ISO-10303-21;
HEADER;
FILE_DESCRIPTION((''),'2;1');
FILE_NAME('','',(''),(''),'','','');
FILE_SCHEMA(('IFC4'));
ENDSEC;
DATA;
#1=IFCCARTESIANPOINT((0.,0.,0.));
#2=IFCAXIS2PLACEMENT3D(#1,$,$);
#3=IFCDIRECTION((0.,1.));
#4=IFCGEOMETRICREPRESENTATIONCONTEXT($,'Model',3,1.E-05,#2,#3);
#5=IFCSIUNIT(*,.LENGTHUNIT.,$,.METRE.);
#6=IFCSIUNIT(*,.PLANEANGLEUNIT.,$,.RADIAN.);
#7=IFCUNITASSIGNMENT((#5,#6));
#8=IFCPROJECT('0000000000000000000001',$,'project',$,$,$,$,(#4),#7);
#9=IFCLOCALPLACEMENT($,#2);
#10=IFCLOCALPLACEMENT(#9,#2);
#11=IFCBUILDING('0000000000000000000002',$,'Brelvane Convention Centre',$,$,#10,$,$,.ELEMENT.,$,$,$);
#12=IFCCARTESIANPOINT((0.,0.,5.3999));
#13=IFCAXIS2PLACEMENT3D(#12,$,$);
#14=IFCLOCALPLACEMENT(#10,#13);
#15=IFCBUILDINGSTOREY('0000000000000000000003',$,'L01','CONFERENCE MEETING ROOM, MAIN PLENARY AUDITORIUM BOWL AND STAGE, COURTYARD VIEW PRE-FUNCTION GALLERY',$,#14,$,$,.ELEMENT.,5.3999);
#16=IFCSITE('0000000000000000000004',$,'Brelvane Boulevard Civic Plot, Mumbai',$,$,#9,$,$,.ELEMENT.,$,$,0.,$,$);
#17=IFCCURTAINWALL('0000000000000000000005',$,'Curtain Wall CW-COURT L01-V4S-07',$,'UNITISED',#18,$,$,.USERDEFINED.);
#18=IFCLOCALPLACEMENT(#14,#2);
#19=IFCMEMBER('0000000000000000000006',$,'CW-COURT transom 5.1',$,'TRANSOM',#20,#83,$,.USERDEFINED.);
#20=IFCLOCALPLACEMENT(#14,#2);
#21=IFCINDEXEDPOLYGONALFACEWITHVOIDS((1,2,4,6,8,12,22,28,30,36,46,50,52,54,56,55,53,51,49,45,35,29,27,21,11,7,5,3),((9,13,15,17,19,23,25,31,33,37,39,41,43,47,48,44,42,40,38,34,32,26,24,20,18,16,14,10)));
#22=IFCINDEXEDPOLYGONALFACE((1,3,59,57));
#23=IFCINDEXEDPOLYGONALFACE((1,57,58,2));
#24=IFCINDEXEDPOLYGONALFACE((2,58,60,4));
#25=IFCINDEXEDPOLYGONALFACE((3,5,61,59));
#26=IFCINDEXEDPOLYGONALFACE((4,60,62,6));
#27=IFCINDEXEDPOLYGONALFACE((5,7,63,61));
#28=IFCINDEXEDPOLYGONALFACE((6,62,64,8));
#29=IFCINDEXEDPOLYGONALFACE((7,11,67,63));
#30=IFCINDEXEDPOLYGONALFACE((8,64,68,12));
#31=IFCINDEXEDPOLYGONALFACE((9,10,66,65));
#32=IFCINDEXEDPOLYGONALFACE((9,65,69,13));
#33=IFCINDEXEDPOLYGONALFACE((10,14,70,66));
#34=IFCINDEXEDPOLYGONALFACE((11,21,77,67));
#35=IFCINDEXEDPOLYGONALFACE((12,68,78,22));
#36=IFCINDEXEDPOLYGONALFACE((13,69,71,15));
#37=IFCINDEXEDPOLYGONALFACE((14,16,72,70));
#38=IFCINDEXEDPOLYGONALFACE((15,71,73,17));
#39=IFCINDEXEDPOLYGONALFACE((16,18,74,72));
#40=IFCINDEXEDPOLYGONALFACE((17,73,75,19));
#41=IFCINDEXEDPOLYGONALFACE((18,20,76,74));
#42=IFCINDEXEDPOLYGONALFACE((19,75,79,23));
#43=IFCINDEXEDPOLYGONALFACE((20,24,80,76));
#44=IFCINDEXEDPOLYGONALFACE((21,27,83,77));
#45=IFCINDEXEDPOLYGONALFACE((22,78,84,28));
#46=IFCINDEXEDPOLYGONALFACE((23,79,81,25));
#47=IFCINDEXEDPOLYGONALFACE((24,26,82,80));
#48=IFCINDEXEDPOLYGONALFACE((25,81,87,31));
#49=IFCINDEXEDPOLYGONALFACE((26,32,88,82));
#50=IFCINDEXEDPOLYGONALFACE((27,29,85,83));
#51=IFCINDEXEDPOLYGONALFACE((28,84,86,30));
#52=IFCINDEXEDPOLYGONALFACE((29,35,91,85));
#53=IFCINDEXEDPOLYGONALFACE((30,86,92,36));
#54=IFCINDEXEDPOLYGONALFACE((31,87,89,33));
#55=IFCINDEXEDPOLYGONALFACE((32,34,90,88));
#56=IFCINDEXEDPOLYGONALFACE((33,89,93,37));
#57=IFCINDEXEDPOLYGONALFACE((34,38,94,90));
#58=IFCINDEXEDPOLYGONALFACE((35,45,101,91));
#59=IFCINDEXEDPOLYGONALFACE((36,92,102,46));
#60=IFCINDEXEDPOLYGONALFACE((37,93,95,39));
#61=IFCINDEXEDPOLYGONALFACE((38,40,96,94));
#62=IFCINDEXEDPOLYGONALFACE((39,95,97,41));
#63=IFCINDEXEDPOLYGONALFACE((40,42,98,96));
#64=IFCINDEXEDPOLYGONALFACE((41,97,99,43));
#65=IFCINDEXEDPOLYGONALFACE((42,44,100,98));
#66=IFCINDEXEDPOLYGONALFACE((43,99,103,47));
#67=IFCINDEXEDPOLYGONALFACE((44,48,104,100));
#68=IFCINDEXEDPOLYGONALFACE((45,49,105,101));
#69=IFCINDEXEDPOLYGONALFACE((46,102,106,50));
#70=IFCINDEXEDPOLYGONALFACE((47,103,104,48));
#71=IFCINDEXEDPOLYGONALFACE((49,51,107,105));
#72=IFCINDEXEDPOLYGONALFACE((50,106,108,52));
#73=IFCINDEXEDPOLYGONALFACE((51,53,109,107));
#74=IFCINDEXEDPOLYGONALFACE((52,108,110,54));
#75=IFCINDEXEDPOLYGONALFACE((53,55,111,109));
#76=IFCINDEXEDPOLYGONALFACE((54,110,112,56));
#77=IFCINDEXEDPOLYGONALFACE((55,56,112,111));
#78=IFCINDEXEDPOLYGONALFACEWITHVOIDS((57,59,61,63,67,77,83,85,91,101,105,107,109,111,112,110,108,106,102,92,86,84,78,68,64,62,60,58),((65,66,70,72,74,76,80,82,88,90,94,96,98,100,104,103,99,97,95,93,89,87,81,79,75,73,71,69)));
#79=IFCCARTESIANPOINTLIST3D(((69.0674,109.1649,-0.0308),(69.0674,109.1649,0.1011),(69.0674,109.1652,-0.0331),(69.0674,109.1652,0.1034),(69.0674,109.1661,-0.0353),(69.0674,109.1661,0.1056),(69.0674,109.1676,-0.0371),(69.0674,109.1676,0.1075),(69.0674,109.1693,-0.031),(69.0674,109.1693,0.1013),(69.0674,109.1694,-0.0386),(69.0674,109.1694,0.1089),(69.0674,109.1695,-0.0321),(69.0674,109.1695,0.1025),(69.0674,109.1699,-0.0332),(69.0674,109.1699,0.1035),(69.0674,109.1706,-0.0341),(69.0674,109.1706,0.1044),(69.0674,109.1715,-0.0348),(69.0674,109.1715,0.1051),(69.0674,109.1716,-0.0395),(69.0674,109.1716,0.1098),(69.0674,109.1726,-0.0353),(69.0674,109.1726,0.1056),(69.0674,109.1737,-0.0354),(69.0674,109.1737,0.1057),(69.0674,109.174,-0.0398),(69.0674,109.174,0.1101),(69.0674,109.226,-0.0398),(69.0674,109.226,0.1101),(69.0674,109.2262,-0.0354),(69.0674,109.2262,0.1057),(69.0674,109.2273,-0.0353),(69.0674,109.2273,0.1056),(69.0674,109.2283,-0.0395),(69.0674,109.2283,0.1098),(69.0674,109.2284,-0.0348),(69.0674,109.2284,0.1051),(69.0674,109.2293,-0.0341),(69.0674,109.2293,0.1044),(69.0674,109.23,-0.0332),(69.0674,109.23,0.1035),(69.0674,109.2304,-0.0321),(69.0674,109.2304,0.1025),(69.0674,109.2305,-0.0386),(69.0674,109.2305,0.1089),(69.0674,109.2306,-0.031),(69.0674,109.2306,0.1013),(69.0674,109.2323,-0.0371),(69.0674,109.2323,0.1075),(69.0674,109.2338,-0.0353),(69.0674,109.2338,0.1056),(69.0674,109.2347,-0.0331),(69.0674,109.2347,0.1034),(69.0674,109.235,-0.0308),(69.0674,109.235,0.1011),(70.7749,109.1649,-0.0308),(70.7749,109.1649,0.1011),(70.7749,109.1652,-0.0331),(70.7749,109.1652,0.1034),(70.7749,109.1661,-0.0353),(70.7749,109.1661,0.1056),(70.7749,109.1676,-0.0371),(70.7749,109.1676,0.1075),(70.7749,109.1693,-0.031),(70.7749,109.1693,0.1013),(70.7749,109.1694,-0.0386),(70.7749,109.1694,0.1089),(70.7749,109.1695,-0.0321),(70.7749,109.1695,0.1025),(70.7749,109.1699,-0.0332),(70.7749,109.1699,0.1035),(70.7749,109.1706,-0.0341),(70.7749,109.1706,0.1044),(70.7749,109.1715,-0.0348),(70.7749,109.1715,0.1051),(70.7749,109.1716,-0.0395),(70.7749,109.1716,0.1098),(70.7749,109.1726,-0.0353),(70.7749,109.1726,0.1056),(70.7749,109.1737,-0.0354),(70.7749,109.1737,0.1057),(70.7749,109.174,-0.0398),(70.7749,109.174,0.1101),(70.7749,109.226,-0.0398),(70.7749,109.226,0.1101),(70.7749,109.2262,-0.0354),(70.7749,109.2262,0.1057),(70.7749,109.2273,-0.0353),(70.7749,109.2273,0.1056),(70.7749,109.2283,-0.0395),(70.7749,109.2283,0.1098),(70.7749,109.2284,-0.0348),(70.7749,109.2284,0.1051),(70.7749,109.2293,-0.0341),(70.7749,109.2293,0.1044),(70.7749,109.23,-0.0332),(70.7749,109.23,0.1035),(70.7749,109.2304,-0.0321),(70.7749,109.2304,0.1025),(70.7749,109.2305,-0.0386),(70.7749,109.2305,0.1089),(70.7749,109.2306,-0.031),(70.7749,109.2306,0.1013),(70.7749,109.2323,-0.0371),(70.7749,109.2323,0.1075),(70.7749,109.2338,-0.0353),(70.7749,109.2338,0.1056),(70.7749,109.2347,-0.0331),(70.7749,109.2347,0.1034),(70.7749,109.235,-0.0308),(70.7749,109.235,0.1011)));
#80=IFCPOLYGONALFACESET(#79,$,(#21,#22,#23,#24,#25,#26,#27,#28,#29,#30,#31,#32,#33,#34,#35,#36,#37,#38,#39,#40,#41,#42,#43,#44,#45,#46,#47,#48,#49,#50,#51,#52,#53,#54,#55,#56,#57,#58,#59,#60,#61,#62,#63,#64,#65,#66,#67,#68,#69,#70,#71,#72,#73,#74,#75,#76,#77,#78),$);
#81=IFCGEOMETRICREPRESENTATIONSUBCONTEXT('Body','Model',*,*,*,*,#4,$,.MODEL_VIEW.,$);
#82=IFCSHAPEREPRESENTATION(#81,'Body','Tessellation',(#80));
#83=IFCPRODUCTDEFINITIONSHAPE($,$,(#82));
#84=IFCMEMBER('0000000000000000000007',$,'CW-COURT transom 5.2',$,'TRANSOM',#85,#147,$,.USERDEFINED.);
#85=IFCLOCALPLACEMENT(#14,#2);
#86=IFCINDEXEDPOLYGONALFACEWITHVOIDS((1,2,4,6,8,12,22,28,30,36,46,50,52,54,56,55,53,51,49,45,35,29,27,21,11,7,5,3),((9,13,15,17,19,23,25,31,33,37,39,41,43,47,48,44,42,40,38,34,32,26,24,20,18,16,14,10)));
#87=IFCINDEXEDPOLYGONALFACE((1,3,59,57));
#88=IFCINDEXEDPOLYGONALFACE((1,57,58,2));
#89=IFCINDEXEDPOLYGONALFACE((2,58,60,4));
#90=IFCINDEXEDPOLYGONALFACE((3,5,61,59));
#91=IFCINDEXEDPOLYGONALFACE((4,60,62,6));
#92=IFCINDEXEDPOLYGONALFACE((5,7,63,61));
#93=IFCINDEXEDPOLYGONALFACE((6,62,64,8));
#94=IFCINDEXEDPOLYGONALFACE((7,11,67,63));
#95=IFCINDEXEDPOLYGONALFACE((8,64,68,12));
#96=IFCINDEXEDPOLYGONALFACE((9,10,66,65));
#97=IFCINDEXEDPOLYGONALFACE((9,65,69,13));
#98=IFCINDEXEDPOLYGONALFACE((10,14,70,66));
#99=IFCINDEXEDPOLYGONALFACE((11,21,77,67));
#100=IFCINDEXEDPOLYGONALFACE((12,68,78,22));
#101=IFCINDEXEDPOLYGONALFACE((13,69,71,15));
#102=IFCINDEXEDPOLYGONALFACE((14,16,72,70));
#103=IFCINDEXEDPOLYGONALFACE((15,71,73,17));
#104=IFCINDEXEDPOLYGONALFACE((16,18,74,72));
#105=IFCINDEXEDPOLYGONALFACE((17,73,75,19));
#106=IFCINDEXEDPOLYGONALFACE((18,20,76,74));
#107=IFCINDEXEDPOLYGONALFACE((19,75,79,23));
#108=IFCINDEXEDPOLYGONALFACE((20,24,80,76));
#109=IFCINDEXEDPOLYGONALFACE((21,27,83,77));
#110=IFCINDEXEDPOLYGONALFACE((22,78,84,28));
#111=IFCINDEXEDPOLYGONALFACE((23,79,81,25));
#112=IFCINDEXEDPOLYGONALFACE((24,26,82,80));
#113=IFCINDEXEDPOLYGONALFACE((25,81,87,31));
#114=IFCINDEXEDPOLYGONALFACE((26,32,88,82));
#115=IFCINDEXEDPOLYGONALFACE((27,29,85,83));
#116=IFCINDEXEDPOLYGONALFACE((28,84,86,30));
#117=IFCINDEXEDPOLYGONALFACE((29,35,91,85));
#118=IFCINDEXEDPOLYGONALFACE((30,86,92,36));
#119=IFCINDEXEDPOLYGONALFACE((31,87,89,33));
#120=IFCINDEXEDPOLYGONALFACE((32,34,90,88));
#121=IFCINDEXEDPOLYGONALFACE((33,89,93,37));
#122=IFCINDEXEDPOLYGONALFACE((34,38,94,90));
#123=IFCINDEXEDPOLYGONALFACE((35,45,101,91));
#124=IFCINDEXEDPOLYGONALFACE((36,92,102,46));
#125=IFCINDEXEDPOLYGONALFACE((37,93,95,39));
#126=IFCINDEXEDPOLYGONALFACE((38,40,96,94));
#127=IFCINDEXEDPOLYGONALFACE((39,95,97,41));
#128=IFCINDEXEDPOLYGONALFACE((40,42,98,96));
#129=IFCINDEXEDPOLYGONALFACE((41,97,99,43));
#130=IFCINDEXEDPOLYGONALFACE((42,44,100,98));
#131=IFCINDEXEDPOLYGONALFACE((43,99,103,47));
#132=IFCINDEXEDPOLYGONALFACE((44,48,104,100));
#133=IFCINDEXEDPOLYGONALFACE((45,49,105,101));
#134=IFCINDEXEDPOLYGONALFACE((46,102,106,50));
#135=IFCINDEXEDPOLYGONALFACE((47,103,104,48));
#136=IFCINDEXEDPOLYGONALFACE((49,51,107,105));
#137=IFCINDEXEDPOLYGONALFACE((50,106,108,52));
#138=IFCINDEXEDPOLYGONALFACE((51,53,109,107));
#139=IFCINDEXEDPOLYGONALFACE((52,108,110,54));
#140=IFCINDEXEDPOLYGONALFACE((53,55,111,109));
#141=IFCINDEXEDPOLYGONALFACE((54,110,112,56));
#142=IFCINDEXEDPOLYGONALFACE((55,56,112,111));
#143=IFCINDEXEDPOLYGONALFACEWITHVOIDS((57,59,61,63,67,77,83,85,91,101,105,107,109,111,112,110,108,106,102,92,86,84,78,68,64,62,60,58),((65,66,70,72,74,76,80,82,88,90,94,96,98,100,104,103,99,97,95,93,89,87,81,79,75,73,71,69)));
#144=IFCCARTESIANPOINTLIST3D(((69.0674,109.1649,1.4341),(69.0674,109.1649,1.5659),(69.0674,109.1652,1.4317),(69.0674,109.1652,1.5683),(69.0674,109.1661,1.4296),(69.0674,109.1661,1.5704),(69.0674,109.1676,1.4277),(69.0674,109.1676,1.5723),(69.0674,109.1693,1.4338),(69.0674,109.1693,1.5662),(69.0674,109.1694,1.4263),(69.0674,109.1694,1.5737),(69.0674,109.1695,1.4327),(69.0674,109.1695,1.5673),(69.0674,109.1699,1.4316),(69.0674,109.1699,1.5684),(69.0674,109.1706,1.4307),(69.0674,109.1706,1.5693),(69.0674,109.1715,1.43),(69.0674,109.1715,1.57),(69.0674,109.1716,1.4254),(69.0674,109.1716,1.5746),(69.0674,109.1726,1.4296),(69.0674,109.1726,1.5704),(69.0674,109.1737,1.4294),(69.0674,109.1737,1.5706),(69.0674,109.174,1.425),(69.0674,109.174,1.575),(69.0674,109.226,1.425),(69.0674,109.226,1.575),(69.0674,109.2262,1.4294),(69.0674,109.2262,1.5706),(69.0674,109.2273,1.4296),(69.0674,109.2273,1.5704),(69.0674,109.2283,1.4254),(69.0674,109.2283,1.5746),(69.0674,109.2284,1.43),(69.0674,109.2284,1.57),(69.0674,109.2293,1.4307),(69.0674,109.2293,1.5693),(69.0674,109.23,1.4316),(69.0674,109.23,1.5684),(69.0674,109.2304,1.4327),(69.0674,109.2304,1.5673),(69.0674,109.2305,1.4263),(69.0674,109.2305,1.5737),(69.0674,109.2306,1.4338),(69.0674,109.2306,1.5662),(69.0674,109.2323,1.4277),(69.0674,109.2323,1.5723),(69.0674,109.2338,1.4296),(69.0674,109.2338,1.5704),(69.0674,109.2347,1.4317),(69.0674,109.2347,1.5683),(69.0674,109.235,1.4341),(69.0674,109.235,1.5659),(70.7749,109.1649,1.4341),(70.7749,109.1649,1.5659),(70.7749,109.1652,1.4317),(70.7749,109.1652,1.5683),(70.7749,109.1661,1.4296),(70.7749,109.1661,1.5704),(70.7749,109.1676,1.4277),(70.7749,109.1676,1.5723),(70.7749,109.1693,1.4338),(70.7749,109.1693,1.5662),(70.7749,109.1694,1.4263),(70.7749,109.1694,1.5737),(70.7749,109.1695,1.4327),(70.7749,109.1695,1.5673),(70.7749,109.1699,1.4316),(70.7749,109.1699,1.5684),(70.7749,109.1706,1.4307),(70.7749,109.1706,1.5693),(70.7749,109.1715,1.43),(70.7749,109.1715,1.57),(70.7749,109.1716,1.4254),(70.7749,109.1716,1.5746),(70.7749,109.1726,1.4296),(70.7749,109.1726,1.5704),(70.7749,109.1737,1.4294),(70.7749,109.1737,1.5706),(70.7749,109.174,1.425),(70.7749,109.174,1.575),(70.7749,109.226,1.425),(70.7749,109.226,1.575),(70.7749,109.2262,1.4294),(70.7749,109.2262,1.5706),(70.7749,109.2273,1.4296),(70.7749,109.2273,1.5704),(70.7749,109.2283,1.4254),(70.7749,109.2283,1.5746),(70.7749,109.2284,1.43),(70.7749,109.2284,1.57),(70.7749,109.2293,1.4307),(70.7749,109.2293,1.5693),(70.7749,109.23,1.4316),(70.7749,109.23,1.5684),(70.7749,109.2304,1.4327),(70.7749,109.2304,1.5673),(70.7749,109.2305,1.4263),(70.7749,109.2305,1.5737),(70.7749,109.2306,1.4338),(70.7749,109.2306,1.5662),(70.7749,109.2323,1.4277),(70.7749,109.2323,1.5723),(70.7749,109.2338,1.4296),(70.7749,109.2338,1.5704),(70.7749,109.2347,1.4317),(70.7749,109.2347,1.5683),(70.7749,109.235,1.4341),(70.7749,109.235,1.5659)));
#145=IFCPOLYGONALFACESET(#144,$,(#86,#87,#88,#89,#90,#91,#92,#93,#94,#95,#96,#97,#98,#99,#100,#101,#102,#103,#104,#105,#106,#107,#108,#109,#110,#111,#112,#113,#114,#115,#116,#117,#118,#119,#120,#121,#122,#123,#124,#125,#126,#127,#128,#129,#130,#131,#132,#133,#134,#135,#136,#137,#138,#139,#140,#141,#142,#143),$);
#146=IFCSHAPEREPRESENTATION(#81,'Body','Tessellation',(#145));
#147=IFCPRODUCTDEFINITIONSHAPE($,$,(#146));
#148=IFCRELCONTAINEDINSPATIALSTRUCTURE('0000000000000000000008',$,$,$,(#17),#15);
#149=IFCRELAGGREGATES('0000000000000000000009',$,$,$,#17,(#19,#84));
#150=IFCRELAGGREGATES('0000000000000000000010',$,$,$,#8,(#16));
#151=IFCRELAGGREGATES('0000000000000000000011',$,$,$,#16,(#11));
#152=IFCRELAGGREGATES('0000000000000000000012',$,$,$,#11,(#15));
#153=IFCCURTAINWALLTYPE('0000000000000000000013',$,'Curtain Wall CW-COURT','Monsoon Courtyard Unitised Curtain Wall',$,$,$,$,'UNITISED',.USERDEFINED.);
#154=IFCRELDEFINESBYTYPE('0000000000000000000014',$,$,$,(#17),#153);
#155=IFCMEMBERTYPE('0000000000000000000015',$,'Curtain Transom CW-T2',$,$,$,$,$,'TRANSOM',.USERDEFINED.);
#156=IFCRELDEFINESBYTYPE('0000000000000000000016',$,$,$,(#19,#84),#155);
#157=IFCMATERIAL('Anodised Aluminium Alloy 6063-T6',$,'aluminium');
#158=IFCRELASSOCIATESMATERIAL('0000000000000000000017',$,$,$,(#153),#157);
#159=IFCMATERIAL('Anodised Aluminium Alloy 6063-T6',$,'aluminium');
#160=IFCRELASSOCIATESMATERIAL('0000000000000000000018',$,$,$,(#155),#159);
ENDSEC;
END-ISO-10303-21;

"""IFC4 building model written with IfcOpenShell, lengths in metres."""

from ifc_helpers import new_model, si_unit, direction, frame, origin, origin_2d, place, context, subcontext, project, spatial, hollow_rectangle, extrude, material, material_profile, profile_set, type_object, element, aggregate, save


model = new_model("IFC4")

# Units and contexts
model_context = context("Model", 3, precision=1e-05, world=origin(), true_north=direction((0.0, 1.0)))
body_context = subcontext(model_context, "Body", "Model", "MODEL_VIEW")
ifc_project = project(units=[si_unit("LENGTHUNIT", "METRE"), si_unit("PLANEANGLEUNIT", "RADIAN")], contexts=[model_context])

# Site, building, storey
site_placement = place(None, origin())
site = spatial("IfcSite", under=ifc_project, at=site_placement, Name="Brelvane Boulevard Civic Plot, Mumbai", CompositionType="ELEMENT", RefElevation=0.0)
building_placement = place(site_placement, origin())
building = spatial("IfcBuilding", under=site, at=building_placement, Name="Brelvane Convention Centre", CompositionType="ELEMENT")
storey_placement = place(building_placement, frame((0.0, 0.0, 5.3999)))
storey = spatial("IfcBuildingStorey", under=building, at=storey_placement, Name="L01", Description="CONFERENCE MEETING ROOM, MAIN PLENARY AUDITORIUM BOWL AND STAGE, COURTYARD VIEW PRE-FUNCTION GALLERY", CompositionType="ELEMENT", Elevation=5.3999)

# Curtain wall, members
ifc_material_1 = material(Name="Anodised Aluminium Alloy 6063-T6", Category="aluminium")
curtain_wall_type = type_object("IfcCurtainWallType", Name="Curtain Wall CW-COURT", Description="Monsoon Courtyard Unitised Curtain Wall", ElementType="UNITISED", PredefinedType="USERDEFINED", material=ifc_material_1)
curtain_wall_placement = place(storey_placement, origin())
curtain_wall = element("IfcCurtainWall", 1, at=curtain_wall_placement, inside=storey, type_object=curtain_wall_type, Name="Curtain Wall CW-COURT L01-V4S-07", ObjectType="UNITISED", PredefinedType="USERDEFINED")
ifc_material_2 = material(Name="Anodised Aluminium Alloy 6063-T6", Category="aluminium")
ifc_material_profile_1 = material_profile(ifc_material_2, hollow_rectangle(XDim=0.0701, YDim=0.1499, WallThickness=0.0044, InnerFilletRadius=0.0044, OuterFilletRadius=0.009, at=origin_2d()), Name="ALU-T 150x70x4.5")
ifc_profile_set_1 = profile_set([ifc_material_profile_1], Name="Anodised Aluminium Alloy 6063-T6")
member_type_1 = type_object("IfcMemberType", Name="Curtain Transom CW-T2", ElementType="TRANSOM", PredefinedType="USERDEFINED", material=ifc_profile_set_1)
member_1_placement = place(storey_placement, frame((69.0674, 109.2, 0.0352), z_axis=(1.0, 0.0, 0.0), x_axis=(0.0, 1.0, 0.0)))
member_1 = element("IfcMember", 2, at=member_1_placement, type_object=member_type_1, Name="CW-COURT transom 5.1", ObjectType="TRANSOM", PredefinedType="USERDEFINED", context=body_context, shape_type="SweptSolid", body=[
    extrude(hollow_rectangle(XDim=0.0701, YDim=0.1499, WallThickness=0.0044, InnerFilletRadius=0.0044, OuterFilletRadius=0.009, at=origin_2d()), origin(), (0.0, 0.0, 1.0), 1.7075),
])
member_2_placement = place(storey_placement, frame((69.0674, 109.2, 1.5), z_axis=(1.0, 0.0, 0.0), x_axis=(0.0, 1.0, 0.0)))
member_2 = element("IfcMember", 3, at=member_2_placement, type_object=member_type_1, Name="CW-COURT transom 5.2", ObjectType="TRANSOM", PredefinedType="USERDEFINED", context=body_context, shape_type="SweptSolid", body=[
    extrude(hollow_rectangle(XDim=0.0701, YDim=0.1499, WallThickness=0.0044, InnerFilletRadius=0.0044, OuterFilletRadius=0.009, at=origin_2d()), origin(), (0.0, 0.0, 1.0), 1.7075),
])

aggregate(curtain_wall, [member_1, member_2])

save(model, "model.ifc")
